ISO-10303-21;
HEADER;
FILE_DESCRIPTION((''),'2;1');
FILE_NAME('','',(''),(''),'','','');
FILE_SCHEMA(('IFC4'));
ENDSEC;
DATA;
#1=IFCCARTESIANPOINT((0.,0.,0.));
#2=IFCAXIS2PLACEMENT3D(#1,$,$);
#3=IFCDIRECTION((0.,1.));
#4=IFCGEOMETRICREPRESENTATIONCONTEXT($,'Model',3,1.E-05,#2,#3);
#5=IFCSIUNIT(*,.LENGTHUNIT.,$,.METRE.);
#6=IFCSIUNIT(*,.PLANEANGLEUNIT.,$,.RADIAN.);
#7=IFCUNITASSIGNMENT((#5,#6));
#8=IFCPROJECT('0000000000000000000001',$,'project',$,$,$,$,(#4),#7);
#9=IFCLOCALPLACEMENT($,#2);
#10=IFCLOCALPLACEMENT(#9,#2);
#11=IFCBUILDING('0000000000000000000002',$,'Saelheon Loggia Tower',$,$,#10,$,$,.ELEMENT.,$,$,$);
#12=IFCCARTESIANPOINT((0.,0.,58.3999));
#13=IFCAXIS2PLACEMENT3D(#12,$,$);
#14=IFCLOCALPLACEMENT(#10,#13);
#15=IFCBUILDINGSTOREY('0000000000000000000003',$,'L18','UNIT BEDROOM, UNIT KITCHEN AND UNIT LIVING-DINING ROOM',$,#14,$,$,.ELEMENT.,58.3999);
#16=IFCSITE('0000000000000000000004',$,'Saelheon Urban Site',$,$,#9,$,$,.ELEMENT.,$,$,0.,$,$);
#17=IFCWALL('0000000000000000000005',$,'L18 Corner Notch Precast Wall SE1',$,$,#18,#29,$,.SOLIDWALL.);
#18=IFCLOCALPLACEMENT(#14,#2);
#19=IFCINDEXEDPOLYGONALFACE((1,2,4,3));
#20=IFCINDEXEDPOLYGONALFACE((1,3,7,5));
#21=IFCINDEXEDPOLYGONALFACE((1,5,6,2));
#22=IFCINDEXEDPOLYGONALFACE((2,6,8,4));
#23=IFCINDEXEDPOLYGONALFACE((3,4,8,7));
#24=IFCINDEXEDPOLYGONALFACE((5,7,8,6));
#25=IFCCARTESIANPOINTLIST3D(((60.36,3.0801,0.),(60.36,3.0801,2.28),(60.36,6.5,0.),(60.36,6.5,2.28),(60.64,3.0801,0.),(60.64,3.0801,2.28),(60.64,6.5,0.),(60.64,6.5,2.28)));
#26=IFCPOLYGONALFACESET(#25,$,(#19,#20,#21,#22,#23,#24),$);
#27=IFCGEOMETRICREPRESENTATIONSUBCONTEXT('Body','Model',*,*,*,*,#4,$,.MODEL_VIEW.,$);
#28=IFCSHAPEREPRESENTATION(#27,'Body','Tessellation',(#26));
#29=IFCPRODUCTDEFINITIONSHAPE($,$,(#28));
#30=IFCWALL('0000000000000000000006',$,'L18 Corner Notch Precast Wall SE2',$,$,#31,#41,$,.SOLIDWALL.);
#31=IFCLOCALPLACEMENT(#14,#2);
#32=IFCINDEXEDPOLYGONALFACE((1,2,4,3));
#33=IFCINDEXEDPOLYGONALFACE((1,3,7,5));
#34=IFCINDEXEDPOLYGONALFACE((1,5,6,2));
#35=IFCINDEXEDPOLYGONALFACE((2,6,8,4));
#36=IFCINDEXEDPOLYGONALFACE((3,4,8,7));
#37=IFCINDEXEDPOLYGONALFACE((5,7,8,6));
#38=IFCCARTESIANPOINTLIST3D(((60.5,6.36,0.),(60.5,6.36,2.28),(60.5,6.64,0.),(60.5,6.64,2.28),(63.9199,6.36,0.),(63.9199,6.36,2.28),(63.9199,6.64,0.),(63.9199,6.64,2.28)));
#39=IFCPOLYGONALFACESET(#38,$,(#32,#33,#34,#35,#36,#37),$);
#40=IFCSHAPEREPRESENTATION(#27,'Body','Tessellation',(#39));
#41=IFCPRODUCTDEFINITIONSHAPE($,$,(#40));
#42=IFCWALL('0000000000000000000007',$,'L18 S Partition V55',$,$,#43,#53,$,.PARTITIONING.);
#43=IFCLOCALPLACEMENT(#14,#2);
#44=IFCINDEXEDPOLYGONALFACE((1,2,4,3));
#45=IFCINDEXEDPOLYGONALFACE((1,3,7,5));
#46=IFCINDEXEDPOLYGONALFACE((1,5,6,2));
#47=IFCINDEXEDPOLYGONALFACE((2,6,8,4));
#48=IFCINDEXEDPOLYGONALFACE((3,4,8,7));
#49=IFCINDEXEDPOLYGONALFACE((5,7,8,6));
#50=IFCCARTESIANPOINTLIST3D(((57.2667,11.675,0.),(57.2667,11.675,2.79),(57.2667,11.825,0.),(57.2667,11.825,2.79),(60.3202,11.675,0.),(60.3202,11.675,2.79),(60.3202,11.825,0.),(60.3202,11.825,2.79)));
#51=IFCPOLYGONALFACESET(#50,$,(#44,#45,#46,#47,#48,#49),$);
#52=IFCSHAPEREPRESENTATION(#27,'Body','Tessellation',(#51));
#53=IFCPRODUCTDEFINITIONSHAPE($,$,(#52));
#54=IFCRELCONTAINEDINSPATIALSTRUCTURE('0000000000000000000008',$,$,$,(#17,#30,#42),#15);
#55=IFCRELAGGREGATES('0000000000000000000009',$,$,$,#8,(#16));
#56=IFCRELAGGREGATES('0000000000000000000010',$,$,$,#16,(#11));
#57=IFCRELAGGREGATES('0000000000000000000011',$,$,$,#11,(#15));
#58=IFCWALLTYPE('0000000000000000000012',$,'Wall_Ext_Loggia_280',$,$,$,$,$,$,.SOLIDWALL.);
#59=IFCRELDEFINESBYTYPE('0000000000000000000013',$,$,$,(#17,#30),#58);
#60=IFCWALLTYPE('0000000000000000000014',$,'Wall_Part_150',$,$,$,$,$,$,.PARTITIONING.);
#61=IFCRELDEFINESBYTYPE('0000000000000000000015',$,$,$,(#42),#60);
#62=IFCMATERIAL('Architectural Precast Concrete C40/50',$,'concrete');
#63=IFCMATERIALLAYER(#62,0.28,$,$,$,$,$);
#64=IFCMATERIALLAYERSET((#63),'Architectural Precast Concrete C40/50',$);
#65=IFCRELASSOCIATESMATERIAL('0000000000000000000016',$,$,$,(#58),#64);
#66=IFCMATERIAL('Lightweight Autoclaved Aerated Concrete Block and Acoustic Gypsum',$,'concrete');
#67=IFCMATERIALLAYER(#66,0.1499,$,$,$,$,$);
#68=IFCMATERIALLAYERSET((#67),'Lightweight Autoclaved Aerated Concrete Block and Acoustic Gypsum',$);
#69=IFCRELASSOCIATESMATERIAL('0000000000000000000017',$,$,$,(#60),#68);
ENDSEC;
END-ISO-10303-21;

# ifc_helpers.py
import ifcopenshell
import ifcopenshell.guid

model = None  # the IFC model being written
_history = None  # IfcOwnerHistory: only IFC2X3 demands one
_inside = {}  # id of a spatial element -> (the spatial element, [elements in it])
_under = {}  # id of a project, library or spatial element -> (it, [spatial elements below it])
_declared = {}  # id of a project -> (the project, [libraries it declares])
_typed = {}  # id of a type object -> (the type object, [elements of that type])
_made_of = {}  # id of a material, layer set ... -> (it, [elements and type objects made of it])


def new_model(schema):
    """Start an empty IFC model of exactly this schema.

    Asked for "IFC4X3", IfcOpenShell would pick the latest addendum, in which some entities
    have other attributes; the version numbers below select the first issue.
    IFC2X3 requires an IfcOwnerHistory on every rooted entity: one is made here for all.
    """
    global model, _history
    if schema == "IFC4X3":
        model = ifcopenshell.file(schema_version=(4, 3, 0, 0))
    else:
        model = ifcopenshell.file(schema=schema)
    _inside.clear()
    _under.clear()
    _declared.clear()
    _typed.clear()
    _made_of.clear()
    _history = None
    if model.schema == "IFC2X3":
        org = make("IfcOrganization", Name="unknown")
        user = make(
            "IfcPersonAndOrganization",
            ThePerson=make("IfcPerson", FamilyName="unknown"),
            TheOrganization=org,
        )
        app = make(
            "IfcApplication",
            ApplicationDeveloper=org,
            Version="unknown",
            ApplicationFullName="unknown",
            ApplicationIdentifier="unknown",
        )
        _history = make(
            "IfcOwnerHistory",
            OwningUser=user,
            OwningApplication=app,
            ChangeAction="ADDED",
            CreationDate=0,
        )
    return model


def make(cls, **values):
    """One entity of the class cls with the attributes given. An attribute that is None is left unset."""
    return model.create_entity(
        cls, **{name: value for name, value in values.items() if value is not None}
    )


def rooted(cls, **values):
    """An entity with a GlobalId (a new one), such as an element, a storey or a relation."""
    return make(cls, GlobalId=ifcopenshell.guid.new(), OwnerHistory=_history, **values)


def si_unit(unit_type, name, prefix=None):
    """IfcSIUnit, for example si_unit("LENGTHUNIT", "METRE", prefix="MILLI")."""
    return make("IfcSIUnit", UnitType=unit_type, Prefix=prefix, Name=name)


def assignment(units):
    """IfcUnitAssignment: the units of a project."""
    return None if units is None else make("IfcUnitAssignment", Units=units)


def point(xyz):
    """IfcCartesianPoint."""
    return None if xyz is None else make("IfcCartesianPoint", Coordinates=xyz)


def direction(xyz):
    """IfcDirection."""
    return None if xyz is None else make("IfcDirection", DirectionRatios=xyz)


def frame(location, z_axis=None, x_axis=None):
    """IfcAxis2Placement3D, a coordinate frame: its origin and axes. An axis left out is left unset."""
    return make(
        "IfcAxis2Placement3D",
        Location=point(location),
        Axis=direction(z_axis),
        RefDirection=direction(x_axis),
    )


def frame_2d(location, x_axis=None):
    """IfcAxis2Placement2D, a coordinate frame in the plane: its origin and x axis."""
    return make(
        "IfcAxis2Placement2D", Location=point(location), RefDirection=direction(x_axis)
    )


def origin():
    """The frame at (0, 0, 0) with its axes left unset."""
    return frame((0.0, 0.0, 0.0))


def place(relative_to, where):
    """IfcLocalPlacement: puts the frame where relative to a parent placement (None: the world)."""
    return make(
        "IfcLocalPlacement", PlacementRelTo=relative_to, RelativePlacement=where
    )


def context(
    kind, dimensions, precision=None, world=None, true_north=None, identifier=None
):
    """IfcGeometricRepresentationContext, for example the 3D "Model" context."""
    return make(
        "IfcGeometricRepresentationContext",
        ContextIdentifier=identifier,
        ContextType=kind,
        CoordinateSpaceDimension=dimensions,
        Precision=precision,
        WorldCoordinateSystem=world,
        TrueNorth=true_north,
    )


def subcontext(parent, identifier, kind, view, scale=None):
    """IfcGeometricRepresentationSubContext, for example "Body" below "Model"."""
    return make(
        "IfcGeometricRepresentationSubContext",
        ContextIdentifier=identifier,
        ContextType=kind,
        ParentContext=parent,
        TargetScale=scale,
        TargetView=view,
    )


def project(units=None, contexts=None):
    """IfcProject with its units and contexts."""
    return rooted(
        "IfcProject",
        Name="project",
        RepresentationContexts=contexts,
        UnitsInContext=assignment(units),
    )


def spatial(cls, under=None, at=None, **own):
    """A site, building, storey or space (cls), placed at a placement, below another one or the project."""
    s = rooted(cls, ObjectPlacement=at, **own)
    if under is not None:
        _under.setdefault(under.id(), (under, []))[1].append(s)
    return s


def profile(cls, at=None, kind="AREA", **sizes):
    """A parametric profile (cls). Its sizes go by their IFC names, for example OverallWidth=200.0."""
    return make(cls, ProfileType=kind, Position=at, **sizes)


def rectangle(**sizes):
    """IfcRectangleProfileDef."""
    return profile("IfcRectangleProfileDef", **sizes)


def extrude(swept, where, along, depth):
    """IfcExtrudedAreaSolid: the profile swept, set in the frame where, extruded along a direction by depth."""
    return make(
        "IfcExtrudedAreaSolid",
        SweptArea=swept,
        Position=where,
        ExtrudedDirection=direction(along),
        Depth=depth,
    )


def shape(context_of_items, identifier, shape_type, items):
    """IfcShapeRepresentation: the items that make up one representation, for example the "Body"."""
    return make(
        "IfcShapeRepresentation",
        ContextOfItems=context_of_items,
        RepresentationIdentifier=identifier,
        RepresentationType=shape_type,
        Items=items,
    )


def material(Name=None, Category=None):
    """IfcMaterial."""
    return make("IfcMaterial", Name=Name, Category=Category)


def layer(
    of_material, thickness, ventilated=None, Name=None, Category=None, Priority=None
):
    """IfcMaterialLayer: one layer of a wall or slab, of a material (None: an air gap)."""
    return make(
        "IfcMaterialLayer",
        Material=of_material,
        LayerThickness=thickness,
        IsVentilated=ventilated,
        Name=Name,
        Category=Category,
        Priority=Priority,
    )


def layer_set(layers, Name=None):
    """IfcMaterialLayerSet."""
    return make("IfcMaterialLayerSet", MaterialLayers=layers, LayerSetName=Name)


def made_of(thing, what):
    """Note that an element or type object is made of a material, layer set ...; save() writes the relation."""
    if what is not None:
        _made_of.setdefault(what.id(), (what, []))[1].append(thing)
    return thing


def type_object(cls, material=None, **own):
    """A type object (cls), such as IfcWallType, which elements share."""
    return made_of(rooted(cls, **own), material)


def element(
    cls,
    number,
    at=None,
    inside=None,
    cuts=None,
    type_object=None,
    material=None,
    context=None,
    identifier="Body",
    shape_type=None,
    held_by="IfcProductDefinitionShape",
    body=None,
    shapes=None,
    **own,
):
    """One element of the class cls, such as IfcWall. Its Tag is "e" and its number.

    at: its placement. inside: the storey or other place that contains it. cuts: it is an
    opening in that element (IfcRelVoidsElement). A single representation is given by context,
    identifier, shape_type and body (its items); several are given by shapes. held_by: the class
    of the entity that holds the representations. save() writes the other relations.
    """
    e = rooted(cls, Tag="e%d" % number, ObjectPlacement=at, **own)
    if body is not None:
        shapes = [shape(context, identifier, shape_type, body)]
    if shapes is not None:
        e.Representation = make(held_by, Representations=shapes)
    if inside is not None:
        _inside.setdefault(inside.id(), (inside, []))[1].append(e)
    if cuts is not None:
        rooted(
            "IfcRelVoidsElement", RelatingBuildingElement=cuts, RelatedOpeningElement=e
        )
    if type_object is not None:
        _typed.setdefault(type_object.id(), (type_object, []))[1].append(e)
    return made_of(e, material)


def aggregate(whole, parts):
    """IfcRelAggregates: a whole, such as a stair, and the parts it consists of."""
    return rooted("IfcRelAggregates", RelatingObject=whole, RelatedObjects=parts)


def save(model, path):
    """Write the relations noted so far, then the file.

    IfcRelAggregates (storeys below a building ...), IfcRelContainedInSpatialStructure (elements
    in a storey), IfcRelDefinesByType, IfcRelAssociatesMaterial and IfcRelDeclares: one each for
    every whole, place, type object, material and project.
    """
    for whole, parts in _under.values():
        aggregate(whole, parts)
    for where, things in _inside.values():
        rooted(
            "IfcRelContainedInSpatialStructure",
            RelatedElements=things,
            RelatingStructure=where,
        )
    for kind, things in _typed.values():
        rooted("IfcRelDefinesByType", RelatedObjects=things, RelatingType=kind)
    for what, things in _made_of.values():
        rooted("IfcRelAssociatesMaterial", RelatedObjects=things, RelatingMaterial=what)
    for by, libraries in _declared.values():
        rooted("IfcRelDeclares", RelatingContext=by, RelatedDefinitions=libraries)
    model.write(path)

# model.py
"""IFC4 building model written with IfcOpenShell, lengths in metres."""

from ifc_helpers import new_model, si_unit, direction, frame, frame_2d, origin, place, context, subcontext, project, spatial, rectangle, extrude, material, layer, layer_set, type_object, element, save


model = new_model("IFC4")

# Units and contexts
model_context = context("Model", 3, precision=1e-05, world=origin(), true_north=direction((0.0, 1.0)))
body_context = subcontext(model_context, "Body", "Model", "MODEL_VIEW")
ifc_project = project(units=[si_unit("LENGTHUNIT", "METRE"), si_unit("PLANEANGLEUNIT", "RADIAN")], contexts=[model_context])

# Site, building, storey
site_placement = place(None, origin())
site = spatial("IfcSite", under=ifc_project, at=site_placement, Name="Saelheon Urban Site", CompositionType="ELEMENT", RefElevation=0.0)
building_placement = place(site_placement, origin())
building = spatial("IfcBuilding", under=site, at=building_placement, Name="Saelheon Loggia Tower", CompositionType="ELEMENT")
storey_placement = place(building_placement, frame((0.0, 0.0, 58.3999)))
storey = spatial("IfcBuildingStorey", under=building, at=storey_placement, Name="L18", Description="UNIT BEDROOM, UNIT KITCHEN AND UNIT LIVING-DINING ROOM", CompositionType="ELEMENT", Elevation=58.3999)

# Shared definitions
ifc_material_1 = material(Name="Architectural Precast Concrete C40/50", Category="concrete")
ifc_layer_1 = layer(ifc_material_1, 0.28)
ifc_layer_set_1 = layer_set([ifc_layer_1], Name="Architectural Precast Concrete C40/50")
wall_type_1 = type_object("IfcWallType", Name="Wall_Ext_Loggia_280", PredefinedType="SOLIDWALL", material=ifc_layer_set_1)

# Walls
for number, where, z_axis, x_axis, name in (
    (1, (60.5, 3.0801, 0.0), (0.0, 0.0, 1.0), (0.0, 1.0, 0.0), "L18 Corner Notch Precast Wall SE1"),
    (2, (60.5, 6.5, 0.0), (0.0, 0.0, 1.0), (1.0, 0.0, 0.0), "L18 Corner Notch Precast Wall SE2"),
):
    element("IfcWall", number, at=place(storey_placement, frame(where, z_axis=z_axis, x_axis=x_axis)), inside=storey, type_object=wall_type_1, Name=name, PredefinedType="SOLIDWALL", context=body_context, shape_type="SweptSolid", body=[
        extrude(rectangle(XDim=3.4199, YDim=0.28, at=frame_2d((1.71, 0.0))), origin(), (0.0, 0.0, 1.0), 2.28),
    ])
ifc_material_2 = material(Name="Lightweight Autoclaved Aerated Concrete Block and Acoustic Gypsum", Category="concrete")
ifc_layer_2 = layer(ifc_material_2, 0.1499)
ifc_layer_set_2 = layer_set([ifc_layer_2], Name="Lightweight Autoclaved Aerated Concrete Block and Acoustic Gypsum")
wall_type_2 = type_object("IfcWallType", Name="Wall_Part_150", PredefinedType="PARTITIONING", material=ifc_layer_set_2)
wall_1_placement = place(storey_placement, frame((57.2666, 11.75, 0.0), z_axis=(0.0, 0.0, 1.0), x_axis=(1.0, 0.0, 0.0)))
element("IfcWall", 3, at=wall_1_placement, inside=storey, type_object=wall_type_2, Name="L18 S Partition V55", PredefinedType="PARTITIONING", context=body_context, shape_type="SweptSolid", body=[
    extrude(rectangle(XDim=3.0535, YDim=0.1499, at=frame_2d((1.5269, 0.0))), origin(), (0.0, 0.0, 1.0), 2.79),
])

save(model, "model.ifc")
